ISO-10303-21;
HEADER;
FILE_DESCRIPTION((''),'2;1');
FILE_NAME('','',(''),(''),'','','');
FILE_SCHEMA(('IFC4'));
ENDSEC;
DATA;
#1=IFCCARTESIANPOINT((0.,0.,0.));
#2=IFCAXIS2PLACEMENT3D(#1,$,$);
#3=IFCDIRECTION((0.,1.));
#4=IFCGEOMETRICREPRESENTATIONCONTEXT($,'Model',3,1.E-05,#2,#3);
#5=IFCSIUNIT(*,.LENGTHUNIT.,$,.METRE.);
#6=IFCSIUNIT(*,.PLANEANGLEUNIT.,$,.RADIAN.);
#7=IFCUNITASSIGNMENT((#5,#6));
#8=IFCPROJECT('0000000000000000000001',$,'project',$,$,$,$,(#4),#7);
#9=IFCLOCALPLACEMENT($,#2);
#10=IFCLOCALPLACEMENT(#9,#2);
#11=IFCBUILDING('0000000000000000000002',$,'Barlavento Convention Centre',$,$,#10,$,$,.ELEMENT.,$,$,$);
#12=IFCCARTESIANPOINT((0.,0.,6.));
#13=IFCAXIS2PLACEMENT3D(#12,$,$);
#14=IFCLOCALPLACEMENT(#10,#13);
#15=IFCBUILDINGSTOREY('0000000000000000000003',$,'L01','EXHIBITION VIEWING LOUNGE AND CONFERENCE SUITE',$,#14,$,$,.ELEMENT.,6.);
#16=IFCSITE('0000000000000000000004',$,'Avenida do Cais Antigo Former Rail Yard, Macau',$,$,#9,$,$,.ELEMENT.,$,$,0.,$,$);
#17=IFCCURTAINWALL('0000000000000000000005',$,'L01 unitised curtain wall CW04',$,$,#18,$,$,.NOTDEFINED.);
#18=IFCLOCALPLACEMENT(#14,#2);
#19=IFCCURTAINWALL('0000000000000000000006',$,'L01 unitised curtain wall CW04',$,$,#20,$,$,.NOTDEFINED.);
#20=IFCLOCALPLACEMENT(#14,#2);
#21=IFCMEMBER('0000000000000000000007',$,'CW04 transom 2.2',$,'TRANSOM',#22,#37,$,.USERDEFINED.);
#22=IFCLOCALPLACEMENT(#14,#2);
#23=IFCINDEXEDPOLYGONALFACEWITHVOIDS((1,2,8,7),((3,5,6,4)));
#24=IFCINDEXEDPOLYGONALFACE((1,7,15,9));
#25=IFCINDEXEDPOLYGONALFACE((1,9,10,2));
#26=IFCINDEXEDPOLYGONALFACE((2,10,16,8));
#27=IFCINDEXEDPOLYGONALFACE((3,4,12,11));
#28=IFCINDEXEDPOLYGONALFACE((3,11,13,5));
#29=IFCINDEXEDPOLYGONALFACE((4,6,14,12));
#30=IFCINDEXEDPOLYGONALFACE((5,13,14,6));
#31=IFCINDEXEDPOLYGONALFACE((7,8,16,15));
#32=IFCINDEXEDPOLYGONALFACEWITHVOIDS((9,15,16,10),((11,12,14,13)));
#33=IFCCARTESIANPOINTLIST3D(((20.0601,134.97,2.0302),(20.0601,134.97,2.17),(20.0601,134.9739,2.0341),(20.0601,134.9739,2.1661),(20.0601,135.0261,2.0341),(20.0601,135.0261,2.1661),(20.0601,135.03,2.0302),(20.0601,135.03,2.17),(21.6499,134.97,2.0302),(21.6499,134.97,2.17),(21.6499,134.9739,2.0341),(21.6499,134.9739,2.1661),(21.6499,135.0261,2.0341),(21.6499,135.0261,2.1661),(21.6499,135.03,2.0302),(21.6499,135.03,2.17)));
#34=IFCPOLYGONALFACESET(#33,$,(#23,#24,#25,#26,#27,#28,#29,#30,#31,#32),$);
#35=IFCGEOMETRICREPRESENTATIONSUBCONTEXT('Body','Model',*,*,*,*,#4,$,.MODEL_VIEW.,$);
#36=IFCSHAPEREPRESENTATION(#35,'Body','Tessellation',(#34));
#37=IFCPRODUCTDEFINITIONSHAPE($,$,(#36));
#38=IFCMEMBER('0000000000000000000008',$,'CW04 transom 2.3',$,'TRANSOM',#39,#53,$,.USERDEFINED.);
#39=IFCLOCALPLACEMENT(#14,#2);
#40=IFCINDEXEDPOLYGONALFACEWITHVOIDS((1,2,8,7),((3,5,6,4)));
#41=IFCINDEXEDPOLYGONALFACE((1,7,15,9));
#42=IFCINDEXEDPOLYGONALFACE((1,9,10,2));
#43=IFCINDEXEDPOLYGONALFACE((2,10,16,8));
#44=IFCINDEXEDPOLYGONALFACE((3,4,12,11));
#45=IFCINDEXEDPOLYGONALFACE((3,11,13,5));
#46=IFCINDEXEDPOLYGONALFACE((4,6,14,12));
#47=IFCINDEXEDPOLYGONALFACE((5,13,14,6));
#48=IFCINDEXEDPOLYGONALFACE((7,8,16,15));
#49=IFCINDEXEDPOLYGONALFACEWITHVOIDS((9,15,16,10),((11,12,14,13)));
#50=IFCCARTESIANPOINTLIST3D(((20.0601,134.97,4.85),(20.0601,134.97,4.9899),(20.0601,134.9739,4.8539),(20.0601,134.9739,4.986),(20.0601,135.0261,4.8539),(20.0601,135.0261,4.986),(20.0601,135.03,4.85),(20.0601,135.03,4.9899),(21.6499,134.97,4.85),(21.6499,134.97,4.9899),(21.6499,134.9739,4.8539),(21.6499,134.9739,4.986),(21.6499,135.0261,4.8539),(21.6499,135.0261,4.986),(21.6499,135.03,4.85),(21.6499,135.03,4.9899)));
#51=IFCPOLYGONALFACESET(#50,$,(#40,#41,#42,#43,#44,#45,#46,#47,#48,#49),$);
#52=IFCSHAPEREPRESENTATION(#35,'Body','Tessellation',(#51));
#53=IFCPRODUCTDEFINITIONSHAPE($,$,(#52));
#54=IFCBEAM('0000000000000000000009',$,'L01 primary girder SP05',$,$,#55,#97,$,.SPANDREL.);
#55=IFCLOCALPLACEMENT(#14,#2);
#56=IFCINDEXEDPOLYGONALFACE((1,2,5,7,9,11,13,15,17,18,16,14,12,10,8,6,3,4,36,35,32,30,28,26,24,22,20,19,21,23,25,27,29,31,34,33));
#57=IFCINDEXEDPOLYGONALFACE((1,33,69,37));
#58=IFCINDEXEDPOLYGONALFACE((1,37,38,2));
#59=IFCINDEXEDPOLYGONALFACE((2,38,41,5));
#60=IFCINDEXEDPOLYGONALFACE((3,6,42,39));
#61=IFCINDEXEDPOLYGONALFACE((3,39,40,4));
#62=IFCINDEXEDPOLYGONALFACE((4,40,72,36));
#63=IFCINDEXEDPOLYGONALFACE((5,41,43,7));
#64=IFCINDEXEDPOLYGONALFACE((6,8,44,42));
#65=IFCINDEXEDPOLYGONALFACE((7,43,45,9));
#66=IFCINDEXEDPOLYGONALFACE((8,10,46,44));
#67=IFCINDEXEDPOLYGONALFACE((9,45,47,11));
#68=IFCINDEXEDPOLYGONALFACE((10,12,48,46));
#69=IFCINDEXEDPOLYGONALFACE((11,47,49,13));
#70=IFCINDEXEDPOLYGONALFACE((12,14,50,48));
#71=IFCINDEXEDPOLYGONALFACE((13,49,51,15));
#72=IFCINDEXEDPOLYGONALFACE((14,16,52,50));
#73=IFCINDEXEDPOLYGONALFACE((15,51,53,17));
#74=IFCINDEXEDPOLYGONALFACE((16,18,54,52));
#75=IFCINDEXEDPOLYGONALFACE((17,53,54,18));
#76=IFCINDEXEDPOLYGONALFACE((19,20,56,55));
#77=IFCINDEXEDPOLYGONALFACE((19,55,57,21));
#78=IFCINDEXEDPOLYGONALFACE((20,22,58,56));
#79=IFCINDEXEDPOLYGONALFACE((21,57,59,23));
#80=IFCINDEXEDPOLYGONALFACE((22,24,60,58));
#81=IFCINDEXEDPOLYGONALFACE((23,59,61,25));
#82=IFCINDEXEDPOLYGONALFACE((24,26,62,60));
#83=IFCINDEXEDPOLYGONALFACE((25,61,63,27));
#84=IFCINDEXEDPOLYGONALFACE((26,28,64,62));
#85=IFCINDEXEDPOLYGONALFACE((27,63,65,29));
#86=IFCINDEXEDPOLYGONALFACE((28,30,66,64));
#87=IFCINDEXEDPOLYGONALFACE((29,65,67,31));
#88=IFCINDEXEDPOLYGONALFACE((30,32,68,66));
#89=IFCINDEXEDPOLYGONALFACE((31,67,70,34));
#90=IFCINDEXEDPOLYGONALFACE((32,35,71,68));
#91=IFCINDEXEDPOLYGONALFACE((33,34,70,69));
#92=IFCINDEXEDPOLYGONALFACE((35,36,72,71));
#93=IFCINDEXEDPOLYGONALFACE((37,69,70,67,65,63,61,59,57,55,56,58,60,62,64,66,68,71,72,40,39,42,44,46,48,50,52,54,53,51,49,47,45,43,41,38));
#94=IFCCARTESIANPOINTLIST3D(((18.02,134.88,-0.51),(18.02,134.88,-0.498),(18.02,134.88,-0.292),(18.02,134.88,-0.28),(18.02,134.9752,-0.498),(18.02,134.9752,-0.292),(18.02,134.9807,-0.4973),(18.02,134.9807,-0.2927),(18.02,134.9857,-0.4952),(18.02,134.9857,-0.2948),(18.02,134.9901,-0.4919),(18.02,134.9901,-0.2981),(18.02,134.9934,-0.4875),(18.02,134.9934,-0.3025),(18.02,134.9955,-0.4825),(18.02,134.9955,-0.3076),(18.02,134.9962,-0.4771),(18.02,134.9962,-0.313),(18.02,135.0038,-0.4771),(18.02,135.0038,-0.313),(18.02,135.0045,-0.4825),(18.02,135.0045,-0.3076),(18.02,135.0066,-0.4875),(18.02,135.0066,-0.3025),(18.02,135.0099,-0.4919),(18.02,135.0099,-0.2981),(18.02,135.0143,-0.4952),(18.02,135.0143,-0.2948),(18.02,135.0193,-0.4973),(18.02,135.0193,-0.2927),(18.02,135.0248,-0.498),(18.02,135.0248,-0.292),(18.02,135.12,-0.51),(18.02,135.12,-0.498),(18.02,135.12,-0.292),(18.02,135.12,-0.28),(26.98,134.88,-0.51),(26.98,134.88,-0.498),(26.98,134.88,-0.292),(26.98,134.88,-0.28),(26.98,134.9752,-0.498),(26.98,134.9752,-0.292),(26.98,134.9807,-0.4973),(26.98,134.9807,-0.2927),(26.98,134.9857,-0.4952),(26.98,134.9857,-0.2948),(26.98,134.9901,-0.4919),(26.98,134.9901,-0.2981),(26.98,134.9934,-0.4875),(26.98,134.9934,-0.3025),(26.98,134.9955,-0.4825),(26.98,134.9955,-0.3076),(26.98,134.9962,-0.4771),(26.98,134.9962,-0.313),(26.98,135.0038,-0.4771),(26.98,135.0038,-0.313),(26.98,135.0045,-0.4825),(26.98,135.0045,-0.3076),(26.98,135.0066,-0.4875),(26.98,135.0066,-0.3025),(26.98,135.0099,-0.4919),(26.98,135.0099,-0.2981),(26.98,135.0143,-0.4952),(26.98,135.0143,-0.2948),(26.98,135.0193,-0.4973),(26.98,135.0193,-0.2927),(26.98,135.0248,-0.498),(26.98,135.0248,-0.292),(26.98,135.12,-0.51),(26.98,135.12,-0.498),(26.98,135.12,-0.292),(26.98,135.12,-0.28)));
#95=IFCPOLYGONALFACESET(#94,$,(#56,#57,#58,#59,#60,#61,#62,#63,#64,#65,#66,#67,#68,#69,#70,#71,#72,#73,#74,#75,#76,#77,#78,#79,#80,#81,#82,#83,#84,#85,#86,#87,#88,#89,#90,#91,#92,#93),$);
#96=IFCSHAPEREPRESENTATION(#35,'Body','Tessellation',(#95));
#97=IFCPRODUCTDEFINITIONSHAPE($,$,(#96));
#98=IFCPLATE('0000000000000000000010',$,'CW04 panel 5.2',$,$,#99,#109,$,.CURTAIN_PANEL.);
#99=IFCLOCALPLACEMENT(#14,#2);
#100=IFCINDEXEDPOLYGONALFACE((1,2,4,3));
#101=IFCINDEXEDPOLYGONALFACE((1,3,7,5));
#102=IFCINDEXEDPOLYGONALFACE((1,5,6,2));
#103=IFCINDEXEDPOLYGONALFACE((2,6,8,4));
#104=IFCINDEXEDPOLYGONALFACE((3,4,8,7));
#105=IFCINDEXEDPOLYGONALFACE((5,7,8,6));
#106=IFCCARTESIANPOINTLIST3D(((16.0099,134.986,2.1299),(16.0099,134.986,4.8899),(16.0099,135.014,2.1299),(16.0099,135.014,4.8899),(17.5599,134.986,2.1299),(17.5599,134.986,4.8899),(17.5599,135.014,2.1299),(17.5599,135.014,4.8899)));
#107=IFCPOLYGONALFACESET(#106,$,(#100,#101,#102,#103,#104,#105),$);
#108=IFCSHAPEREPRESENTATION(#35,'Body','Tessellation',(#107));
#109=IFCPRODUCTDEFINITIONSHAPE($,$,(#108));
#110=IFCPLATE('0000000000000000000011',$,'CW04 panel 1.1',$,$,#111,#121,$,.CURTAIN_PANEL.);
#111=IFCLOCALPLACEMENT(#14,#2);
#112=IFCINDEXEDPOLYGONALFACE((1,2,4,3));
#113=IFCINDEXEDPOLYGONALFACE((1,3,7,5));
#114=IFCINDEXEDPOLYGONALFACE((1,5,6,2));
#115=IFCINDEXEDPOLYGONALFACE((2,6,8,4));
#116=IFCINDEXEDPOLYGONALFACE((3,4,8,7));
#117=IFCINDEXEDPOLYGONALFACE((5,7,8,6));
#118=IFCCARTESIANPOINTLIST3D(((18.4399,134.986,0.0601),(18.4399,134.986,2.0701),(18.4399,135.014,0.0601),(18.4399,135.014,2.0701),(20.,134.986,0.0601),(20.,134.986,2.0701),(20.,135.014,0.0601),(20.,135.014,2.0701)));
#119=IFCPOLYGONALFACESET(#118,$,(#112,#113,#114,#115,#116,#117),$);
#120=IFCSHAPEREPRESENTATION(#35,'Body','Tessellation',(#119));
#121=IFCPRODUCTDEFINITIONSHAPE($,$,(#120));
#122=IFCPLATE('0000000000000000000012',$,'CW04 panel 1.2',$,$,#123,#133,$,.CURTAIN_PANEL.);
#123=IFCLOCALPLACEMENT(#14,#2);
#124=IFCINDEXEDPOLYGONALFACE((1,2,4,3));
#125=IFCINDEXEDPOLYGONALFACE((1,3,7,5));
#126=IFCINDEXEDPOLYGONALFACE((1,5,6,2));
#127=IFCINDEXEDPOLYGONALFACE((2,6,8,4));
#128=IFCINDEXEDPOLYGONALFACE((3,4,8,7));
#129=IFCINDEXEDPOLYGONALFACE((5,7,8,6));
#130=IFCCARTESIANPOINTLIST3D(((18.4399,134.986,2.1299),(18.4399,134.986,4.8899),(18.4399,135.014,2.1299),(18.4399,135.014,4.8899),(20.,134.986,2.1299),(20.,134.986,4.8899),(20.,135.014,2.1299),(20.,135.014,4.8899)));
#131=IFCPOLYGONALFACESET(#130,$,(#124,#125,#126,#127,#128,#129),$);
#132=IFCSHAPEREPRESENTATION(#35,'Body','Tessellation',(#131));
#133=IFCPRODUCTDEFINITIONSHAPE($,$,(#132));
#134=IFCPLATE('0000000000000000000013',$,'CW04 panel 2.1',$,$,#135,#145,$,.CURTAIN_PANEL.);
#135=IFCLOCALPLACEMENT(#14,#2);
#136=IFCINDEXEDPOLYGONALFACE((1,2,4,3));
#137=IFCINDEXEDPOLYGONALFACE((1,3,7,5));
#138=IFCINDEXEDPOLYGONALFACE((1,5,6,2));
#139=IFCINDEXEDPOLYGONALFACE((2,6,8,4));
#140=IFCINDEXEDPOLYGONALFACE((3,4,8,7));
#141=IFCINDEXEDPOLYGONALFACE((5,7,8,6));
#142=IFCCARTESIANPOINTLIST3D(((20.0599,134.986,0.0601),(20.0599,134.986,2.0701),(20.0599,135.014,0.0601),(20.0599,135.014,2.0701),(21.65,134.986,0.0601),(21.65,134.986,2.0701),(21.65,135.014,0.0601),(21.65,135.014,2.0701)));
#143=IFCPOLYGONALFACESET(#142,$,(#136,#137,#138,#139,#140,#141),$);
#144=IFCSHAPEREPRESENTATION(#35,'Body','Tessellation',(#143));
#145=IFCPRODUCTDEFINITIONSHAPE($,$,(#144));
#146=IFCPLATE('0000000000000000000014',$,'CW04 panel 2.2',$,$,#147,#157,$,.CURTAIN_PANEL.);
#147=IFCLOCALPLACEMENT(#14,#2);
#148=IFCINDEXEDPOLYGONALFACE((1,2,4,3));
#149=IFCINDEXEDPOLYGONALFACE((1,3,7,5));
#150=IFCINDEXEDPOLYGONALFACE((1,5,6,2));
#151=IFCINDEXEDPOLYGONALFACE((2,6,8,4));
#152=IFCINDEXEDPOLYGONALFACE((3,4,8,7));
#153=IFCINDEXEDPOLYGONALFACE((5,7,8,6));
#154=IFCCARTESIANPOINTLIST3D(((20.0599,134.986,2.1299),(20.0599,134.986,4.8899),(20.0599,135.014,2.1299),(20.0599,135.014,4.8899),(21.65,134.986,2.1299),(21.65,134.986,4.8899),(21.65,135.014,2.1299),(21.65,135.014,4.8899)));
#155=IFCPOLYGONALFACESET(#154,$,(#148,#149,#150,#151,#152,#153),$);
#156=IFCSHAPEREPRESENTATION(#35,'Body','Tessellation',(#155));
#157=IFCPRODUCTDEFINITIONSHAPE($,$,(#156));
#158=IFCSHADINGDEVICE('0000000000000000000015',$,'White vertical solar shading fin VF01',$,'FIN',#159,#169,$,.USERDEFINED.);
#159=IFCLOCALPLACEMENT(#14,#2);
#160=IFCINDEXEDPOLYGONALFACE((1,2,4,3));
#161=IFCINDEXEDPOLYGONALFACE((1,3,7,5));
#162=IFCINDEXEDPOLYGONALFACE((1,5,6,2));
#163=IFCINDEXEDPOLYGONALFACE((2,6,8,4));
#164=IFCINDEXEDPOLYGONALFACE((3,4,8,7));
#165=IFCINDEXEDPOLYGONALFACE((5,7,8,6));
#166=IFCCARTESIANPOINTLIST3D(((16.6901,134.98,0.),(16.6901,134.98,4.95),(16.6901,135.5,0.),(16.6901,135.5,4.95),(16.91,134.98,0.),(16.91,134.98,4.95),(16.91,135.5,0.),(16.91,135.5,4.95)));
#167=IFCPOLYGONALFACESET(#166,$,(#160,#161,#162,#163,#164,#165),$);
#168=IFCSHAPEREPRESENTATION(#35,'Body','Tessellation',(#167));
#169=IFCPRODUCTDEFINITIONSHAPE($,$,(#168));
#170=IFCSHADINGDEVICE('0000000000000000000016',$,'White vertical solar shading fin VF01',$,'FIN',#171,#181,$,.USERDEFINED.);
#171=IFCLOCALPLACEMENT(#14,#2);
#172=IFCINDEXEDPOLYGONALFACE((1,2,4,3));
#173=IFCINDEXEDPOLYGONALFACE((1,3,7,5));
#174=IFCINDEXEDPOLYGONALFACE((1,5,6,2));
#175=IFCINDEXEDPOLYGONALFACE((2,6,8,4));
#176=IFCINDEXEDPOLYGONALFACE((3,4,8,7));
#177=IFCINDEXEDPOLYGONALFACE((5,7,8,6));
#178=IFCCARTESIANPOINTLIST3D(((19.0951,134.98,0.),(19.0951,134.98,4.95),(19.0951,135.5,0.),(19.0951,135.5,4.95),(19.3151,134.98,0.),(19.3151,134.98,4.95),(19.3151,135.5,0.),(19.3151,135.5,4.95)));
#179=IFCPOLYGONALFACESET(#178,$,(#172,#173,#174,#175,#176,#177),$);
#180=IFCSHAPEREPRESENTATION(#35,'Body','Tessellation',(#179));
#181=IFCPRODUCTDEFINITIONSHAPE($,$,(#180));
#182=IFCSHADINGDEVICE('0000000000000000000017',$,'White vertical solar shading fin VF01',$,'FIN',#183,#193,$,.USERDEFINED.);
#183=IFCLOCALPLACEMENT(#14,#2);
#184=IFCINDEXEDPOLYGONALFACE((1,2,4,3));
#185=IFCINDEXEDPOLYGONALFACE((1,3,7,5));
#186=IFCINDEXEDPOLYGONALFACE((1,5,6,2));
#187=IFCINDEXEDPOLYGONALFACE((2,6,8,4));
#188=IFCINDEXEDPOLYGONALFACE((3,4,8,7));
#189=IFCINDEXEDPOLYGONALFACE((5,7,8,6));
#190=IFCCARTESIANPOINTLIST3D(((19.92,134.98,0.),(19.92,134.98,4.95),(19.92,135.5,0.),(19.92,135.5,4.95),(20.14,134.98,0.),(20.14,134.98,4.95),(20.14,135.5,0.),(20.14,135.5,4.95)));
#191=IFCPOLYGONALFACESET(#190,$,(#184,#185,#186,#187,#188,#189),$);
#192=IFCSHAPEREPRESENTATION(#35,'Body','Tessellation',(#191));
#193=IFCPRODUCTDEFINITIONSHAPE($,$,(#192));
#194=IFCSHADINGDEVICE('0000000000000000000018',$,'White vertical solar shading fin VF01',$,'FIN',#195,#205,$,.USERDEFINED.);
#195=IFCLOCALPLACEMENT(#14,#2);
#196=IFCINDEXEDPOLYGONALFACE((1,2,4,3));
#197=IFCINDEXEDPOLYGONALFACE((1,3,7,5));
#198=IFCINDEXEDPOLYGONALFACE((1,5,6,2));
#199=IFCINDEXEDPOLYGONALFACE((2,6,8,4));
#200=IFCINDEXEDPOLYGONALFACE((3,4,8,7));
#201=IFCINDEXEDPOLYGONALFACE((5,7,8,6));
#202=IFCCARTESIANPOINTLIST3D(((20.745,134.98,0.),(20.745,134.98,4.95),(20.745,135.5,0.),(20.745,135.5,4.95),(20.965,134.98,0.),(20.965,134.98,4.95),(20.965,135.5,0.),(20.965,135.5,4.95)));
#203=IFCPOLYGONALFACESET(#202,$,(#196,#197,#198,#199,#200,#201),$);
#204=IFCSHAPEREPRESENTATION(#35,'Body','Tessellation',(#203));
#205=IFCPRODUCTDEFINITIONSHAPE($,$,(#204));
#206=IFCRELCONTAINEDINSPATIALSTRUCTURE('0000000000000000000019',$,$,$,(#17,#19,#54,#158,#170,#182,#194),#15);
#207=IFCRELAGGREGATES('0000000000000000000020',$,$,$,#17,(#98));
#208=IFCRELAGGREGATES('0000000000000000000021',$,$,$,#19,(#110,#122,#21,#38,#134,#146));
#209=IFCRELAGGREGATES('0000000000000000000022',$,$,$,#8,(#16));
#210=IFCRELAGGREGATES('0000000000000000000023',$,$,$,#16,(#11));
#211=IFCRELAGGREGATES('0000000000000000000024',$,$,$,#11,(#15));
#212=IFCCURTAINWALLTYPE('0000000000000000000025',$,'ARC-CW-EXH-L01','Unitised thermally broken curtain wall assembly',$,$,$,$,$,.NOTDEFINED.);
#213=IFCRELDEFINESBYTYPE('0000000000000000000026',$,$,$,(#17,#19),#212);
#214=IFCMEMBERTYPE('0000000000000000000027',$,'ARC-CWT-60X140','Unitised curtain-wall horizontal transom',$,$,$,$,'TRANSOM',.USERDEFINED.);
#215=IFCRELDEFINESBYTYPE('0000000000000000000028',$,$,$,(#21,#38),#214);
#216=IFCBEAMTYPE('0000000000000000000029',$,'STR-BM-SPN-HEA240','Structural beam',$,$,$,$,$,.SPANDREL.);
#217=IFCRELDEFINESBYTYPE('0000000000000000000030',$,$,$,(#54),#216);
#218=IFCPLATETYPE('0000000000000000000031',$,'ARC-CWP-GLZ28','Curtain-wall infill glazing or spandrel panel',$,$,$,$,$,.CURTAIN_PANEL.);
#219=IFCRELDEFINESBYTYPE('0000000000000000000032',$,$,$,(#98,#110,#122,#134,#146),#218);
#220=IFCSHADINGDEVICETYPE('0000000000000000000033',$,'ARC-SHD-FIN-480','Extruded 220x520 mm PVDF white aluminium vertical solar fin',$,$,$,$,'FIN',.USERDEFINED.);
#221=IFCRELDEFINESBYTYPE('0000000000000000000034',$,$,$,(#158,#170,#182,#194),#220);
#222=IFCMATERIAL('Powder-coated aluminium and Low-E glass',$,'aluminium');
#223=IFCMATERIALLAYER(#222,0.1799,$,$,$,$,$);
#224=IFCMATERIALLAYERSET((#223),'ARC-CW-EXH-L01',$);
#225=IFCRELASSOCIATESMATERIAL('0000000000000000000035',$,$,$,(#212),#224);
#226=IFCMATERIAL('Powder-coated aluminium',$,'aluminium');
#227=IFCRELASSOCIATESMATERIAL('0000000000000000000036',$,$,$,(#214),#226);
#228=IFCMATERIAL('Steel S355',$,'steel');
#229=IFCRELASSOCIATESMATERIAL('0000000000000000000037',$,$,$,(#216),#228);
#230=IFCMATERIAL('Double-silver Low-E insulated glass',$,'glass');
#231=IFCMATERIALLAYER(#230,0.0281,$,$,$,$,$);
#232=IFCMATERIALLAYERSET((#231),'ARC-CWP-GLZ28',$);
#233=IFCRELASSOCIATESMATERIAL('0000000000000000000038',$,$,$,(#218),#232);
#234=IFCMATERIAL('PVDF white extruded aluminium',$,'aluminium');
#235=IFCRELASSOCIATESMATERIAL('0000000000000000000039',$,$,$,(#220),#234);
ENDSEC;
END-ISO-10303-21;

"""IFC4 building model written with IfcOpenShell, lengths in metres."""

from ifc_helpers import new_model, si_unit, direction, frame, origin, origin_2d, place, context, subcontext, project, spatial, rectangle, hollow_rectangle, i_section, extrude, material, layer, layer_set, material_profile, profile_set, type_object, element, aggregate, save


model = new_model("IFC4")

# Units and contexts
model_context = context("Model", 3, precision=1e-05, world=origin(), true_north=direction((0.0, 1.0)))
body_context = subcontext(model_context, "Body", "Model", "MODEL_VIEW")
ifc_project = project(units=[si_unit("LENGTHUNIT", "METRE"), si_unit("PLANEANGLEUNIT", "RADIAN")], contexts=[model_context])

# Site, building, storey
site_placement = place(None, origin())
site = spatial("IfcSite", under=ifc_project, at=site_placement, Name="Avenida do Cais Antigo Former Rail Yard, Macau", CompositionType="ELEMENT", RefElevation=0.0)
building_placement = place(site_placement, origin())
building = spatial("IfcBuilding", under=site, at=building_placement, Name="Barlavento Convention Centre", CompositionType="ELEMENT")
storey_placement = place(building_placement, frame((0.0, 0.0, 6.0)))
storey = spatial("IfcBuildingStorey", under=building, at=storey_placement, Name="L01", Description="EXHIBITION VIEWING LOUNGE AND CONFERENCE SUITE", CompositionType="ELEMENT", Elevation=6.0)

# Shared definitions
ifc_material_1 = material(Name="Steel S355", Category="steel")

# Curtain wall
ifc_material_2 = material(Name="Powder-coated aluminium and Low-E glass", Category="aluminium")
ifc_layer_1 = layer(ifc_material_2, 0.1799)
ifc_layer_set_1 = layer_set([ifc_layer_1], Name="ARC-CW-EXH-L01")
curtain_wall_type = type_object("IfcCurtainWallType", Name="ARC-CW-EXH-L01", Description="Unitised thermally broken curtain wall assembly", PredefinedType="NOTDEFINED", material=ifc_layer_set_1)
curtain_wall_1_placement = place(storey_placement, origin())
curtain_wall_1 = element("IfcCurtainWall", 1, at=curtain_wall_1_placement, inside=storey, type_object=curtain_wall_type, Name="L01 unitised curtain wall CW04", PredefinedType="NOTDEFINED")
ifc_material_3 = material(Name="Powder-coated aluminium", Category="aluminium")

# Curtain wall, members
curtain_wall_2_placement = place(storey_placement, origin())
curtain_wall_2 = element("IfcCurtainWall", 2, at=curtain_wall_2_placement, inside=storey, type_object=curtain_wall_type, Name="L01 unitised curtain wall CW04", PredefinedType="NOTDEFINED")
ifc_material_profile_1 = material_profile(ifc_material_3, hollow_rectangle(XDim=0.0601, YDim=0.1399, WallThickness=0.0039, at=origin_2d()), Name="AL-TRAN 60x140x4")
ifc_profile_set_1 = profile_set([ifc_material_profile_1], Name="Powder-coated aluminium")
member_type_1 = type_object("IfcMemberType", Name="ARC-CWT-60X140", Description="Unitised curtain-wall horizontal transom", ElementType="TRANSOM", PredefinedType="USERDEFINED", material=ifc_profile_set_1)
member_1_placement = place(storey_placement, frame((20.0601, 135.0, 2.1001), z_axis=(1.0, 0.0, 0.0), x_axis=(0.0, 1.0, 0.0)))
member_1 = element("IfcMember", 3, at=member_1_placement, type_object=member_type_1, Name="CW04 transom 2.2", ObjectType="TRANSOM", PredefinedType="USERDEFINED", context=body_context, shape_type="SweptSolid", body=[
    extrude(hollow_rectangle(XDim=0.0601, YDim=0.1399, WallThickness=0.0039, at=origin_2d()), origin(), (0.0, 0.0, 1.0), 1.5898),
])
member_2_placement = place(storey_placement, frame((20.0601, 135.0, 4.9199), z_axis=(1.0, 0.0, 0.0), x_axis=(0.0, 1.0, 0.0)))
member_2 = element("IfcMember", 4, at=member_2_placement, type_object=member_type_1, Name="CW04 transom 2.3", ObjectType="TRANSOM", PredefinedType="USERDEFINED", context=body_context, shape_type="SweptSolid", body=[
    extrude(hollow_rectangle(XDim=0.0601, YDim=0.1399, WallThickness=0.0039, at=origin_2d()), origin(), (0.0, 0.0, 1.0), 1.5898),
])

# Beam
ifc_material_profile_2 = material_profile(ifc_material_1, i_section(OverallWidth=0.24, OverallDepth=0.23, WebThickness=0.0076, FlangeThickness=0.012, FilletRadius=0.021, at=origin_2d()), Name="HEA 240")
ifc_profile_set_2 = profile_set([ifc_material_profile_2], Name="Steel S355")
beam_type = type_object("IfcBeamType", Name="STR-BM-SPN-HEA240", Description="Structural beam", PredefinedType="SPANDREL", material=ifc_profile_set_2)
beam_placement = place(storey_placement, frame((18.02, 135.0, -0.395), z_axis=(1.0, 0.0, 0.0), x_axis=(0.0, 1.0, 0.0)))
element("IfcBeam", 5, at=beam_placement, inside=storey, type_object=beam_type, Name="L01 primary girder SP05", PredefinedType="SPANDREL", context=body_context, shape_type="SweptSolid", body=[
    extrude(i_section(OverallWidth=0.24, OverallDepth=0.23, WebThickness=0.0076, FlangeThickness=0.012, FilletRadius=0.021, at=origin_2d()), origin(), (0.0, 0.0, 1.0), 8.96),
])

# Plates
ifc_material_4 = material(Name="Double-silver Low-E insulated glass", Category="glass")
ifc_layer_2 = layer(ifc_material_4, 0.0281)
ifc_layer_set_2 = layer_set([ifc_layer_2], Name="ARC-CWP-GLZ28")
plate_type = type_object("IfcPlateType", Name="ARC-CWP-GLZ28", Description="Curtain-wall infill glazing or spandrel panel", PredefinedType="CURTAIN_PANEL", material=ifc_layer_set_2)
plate_1_placement = place(storey_placement, frame((16.7849, 135.0, 2.1299), z_axis=(0.0, 0.0, 1.0), x_axis=(1.0, 0.0, 0.0)))
plate_1 = element("IfcPlate", 6, at=plate_1_placement, type_object=plate_type, Name="CW04 panel 5.2", PredefinedType="CURTAIN_PANEL", context=body_context, shape_type="SweptSolid", body=[
    extrude(rectangle(XDim=1.55, YDim=0.0281, at=origin_2d()), origin(), (0.0, 0.0, 1.0), 2.76),
])
aggregate(curtain_wall_1, [plate_1])
plate_2_placement = place(storey_placement, frame((19.22, 135.0, 0.0601), z_axis=(0.0, 0.0, 1.0), x_axis=(1.0, 0.0, 0.0)))
plate_2 = element("IfcPlate", 7, at=plate_2_placement, type_object=plate_type, Name="CW04 panel 1.1", PredefinedType="CURTAIN_PANEL", context=body_context, shape_type="SweptSolid", body=[
    extrude(rectangle(XDim=1.5601, YDim=0.0281, at=origin_2d()), origin(), (0.0, 0.0, 1.0), 2.01),
])
plate_3_placement = place(storey_placement, frame((19.22, 135.0, 2.1299), z_axis=(0.0, 0.0, 1.0), x_axis=(1.0, 0.0, 0.0)))
plate_3 = element("IfcPlate", 8, at=plate_3_placement, type_object=plate_type, Name="CW04 panel 1.2", PredefinedType="CURTAIN_PANEL", context=body_context, shape_type="SweptSolid", body=[
    extrude(rectangle(XDim=1.5601, YDim=0.0281, at=origin_2d()), origin(), (0.0, 0.0, 1.0), 2.76),
])
plate_4_placement = place(storey_placement, frame((20.855, 135.0, 0.0601), z_axis=(0.0, 0.0, 1.0), x_axis=(1.0, 0.0, 0.0)))
plate_4 = element("IfcPlate", 9, at=plate_4_placement, type_object=plate_type, Name="CW04 panel 2.1", PredefinedType="CURTAIN_PANEL", context=body_context, shape_type="SweptSolid", body=[
    extrude(rectangle(XDim=1.5901, YDim=0.0281, at=origin_2d()), origin(), (0.0, 0.0, 1.0), 2.01),
])
plate_5_placement = place(storey_placement, frame((20.855, 135.0, 2.1299), z_axis=(0.0, 0.0, 1.0), x_axis=(1.0, 0.0, 0.0)))
plate_5 = element("IfcPlate", 10, at=plate_5_placement, type_object=plate_type, Name="CW04 panel 2.2", PredefinedType="CURTAIN_PANEL", context=body_context, shape_type="SweptSolid", body=[
    extrude(rectangle(XDim=1.5901, YDim=0.0281, at=origin_2d()), origin(), (0.0, 0.0, 1.0), 2.76),
])
aggregate(curtain_wall_2, [plate_2, plate_3, member_1, member_2, plate_4, plate_5])

# Shading devices
ifc_material_5 = material(Name="PVDF white extruded aluminium", Category="aluminium")
shading_device_type = type_object("IfcShadingDeviceType", Name="ARC-SHD-FIN-480", Description="Extruded 220x520 mm PVDF white aluminium vertical solar fin", ElementType="FIN", PredefinedType="USERDEFINED", material=ifc_material_5)
for number, where, z_axis, x_axis, name in (
    (11, (16.8, 135.24, 0.0), (0.0, 0.0, 1.0), (1.0, 0.0, 0.0), "White vertical solar shading fin VF01"),
    (12, (19.2051, 135.24, 0.0), (0.0, 0.0, 1.0), (1.0, 0.0, 0.0), "White vertical solar shading fin VF01"),
    (13, (20.03, 135.24, 0.0), (0.0, 0.0, 1.0), (1.0, 0.0, 0.0), "White vertical solar shading fin VF01"),
    (14, (20.855, 135.24, 0.0), (0.0, 0.0, 1.0), (1.0, 0.0, 0.0), "White vertical solar shading fin VF01"),
):
    element("IfcShadingDevice", number, at=place(storey_placement, frame(where, z_axis=z_axis, x_axis=x_axis)), inside=storey, type_object=shading_device_type, Name=name, ObjectType="FIN", PredefinedType="USERDEFINED", context=body_context, shape_type="SweptSolid", body=[
        extrude(rectangle(XDim=0.22, YDim=0.52, at=origin_2d()), origin(), (0.0, 0.0, 1.0), 4.95),
    ])

save(model, "model.ifc")
